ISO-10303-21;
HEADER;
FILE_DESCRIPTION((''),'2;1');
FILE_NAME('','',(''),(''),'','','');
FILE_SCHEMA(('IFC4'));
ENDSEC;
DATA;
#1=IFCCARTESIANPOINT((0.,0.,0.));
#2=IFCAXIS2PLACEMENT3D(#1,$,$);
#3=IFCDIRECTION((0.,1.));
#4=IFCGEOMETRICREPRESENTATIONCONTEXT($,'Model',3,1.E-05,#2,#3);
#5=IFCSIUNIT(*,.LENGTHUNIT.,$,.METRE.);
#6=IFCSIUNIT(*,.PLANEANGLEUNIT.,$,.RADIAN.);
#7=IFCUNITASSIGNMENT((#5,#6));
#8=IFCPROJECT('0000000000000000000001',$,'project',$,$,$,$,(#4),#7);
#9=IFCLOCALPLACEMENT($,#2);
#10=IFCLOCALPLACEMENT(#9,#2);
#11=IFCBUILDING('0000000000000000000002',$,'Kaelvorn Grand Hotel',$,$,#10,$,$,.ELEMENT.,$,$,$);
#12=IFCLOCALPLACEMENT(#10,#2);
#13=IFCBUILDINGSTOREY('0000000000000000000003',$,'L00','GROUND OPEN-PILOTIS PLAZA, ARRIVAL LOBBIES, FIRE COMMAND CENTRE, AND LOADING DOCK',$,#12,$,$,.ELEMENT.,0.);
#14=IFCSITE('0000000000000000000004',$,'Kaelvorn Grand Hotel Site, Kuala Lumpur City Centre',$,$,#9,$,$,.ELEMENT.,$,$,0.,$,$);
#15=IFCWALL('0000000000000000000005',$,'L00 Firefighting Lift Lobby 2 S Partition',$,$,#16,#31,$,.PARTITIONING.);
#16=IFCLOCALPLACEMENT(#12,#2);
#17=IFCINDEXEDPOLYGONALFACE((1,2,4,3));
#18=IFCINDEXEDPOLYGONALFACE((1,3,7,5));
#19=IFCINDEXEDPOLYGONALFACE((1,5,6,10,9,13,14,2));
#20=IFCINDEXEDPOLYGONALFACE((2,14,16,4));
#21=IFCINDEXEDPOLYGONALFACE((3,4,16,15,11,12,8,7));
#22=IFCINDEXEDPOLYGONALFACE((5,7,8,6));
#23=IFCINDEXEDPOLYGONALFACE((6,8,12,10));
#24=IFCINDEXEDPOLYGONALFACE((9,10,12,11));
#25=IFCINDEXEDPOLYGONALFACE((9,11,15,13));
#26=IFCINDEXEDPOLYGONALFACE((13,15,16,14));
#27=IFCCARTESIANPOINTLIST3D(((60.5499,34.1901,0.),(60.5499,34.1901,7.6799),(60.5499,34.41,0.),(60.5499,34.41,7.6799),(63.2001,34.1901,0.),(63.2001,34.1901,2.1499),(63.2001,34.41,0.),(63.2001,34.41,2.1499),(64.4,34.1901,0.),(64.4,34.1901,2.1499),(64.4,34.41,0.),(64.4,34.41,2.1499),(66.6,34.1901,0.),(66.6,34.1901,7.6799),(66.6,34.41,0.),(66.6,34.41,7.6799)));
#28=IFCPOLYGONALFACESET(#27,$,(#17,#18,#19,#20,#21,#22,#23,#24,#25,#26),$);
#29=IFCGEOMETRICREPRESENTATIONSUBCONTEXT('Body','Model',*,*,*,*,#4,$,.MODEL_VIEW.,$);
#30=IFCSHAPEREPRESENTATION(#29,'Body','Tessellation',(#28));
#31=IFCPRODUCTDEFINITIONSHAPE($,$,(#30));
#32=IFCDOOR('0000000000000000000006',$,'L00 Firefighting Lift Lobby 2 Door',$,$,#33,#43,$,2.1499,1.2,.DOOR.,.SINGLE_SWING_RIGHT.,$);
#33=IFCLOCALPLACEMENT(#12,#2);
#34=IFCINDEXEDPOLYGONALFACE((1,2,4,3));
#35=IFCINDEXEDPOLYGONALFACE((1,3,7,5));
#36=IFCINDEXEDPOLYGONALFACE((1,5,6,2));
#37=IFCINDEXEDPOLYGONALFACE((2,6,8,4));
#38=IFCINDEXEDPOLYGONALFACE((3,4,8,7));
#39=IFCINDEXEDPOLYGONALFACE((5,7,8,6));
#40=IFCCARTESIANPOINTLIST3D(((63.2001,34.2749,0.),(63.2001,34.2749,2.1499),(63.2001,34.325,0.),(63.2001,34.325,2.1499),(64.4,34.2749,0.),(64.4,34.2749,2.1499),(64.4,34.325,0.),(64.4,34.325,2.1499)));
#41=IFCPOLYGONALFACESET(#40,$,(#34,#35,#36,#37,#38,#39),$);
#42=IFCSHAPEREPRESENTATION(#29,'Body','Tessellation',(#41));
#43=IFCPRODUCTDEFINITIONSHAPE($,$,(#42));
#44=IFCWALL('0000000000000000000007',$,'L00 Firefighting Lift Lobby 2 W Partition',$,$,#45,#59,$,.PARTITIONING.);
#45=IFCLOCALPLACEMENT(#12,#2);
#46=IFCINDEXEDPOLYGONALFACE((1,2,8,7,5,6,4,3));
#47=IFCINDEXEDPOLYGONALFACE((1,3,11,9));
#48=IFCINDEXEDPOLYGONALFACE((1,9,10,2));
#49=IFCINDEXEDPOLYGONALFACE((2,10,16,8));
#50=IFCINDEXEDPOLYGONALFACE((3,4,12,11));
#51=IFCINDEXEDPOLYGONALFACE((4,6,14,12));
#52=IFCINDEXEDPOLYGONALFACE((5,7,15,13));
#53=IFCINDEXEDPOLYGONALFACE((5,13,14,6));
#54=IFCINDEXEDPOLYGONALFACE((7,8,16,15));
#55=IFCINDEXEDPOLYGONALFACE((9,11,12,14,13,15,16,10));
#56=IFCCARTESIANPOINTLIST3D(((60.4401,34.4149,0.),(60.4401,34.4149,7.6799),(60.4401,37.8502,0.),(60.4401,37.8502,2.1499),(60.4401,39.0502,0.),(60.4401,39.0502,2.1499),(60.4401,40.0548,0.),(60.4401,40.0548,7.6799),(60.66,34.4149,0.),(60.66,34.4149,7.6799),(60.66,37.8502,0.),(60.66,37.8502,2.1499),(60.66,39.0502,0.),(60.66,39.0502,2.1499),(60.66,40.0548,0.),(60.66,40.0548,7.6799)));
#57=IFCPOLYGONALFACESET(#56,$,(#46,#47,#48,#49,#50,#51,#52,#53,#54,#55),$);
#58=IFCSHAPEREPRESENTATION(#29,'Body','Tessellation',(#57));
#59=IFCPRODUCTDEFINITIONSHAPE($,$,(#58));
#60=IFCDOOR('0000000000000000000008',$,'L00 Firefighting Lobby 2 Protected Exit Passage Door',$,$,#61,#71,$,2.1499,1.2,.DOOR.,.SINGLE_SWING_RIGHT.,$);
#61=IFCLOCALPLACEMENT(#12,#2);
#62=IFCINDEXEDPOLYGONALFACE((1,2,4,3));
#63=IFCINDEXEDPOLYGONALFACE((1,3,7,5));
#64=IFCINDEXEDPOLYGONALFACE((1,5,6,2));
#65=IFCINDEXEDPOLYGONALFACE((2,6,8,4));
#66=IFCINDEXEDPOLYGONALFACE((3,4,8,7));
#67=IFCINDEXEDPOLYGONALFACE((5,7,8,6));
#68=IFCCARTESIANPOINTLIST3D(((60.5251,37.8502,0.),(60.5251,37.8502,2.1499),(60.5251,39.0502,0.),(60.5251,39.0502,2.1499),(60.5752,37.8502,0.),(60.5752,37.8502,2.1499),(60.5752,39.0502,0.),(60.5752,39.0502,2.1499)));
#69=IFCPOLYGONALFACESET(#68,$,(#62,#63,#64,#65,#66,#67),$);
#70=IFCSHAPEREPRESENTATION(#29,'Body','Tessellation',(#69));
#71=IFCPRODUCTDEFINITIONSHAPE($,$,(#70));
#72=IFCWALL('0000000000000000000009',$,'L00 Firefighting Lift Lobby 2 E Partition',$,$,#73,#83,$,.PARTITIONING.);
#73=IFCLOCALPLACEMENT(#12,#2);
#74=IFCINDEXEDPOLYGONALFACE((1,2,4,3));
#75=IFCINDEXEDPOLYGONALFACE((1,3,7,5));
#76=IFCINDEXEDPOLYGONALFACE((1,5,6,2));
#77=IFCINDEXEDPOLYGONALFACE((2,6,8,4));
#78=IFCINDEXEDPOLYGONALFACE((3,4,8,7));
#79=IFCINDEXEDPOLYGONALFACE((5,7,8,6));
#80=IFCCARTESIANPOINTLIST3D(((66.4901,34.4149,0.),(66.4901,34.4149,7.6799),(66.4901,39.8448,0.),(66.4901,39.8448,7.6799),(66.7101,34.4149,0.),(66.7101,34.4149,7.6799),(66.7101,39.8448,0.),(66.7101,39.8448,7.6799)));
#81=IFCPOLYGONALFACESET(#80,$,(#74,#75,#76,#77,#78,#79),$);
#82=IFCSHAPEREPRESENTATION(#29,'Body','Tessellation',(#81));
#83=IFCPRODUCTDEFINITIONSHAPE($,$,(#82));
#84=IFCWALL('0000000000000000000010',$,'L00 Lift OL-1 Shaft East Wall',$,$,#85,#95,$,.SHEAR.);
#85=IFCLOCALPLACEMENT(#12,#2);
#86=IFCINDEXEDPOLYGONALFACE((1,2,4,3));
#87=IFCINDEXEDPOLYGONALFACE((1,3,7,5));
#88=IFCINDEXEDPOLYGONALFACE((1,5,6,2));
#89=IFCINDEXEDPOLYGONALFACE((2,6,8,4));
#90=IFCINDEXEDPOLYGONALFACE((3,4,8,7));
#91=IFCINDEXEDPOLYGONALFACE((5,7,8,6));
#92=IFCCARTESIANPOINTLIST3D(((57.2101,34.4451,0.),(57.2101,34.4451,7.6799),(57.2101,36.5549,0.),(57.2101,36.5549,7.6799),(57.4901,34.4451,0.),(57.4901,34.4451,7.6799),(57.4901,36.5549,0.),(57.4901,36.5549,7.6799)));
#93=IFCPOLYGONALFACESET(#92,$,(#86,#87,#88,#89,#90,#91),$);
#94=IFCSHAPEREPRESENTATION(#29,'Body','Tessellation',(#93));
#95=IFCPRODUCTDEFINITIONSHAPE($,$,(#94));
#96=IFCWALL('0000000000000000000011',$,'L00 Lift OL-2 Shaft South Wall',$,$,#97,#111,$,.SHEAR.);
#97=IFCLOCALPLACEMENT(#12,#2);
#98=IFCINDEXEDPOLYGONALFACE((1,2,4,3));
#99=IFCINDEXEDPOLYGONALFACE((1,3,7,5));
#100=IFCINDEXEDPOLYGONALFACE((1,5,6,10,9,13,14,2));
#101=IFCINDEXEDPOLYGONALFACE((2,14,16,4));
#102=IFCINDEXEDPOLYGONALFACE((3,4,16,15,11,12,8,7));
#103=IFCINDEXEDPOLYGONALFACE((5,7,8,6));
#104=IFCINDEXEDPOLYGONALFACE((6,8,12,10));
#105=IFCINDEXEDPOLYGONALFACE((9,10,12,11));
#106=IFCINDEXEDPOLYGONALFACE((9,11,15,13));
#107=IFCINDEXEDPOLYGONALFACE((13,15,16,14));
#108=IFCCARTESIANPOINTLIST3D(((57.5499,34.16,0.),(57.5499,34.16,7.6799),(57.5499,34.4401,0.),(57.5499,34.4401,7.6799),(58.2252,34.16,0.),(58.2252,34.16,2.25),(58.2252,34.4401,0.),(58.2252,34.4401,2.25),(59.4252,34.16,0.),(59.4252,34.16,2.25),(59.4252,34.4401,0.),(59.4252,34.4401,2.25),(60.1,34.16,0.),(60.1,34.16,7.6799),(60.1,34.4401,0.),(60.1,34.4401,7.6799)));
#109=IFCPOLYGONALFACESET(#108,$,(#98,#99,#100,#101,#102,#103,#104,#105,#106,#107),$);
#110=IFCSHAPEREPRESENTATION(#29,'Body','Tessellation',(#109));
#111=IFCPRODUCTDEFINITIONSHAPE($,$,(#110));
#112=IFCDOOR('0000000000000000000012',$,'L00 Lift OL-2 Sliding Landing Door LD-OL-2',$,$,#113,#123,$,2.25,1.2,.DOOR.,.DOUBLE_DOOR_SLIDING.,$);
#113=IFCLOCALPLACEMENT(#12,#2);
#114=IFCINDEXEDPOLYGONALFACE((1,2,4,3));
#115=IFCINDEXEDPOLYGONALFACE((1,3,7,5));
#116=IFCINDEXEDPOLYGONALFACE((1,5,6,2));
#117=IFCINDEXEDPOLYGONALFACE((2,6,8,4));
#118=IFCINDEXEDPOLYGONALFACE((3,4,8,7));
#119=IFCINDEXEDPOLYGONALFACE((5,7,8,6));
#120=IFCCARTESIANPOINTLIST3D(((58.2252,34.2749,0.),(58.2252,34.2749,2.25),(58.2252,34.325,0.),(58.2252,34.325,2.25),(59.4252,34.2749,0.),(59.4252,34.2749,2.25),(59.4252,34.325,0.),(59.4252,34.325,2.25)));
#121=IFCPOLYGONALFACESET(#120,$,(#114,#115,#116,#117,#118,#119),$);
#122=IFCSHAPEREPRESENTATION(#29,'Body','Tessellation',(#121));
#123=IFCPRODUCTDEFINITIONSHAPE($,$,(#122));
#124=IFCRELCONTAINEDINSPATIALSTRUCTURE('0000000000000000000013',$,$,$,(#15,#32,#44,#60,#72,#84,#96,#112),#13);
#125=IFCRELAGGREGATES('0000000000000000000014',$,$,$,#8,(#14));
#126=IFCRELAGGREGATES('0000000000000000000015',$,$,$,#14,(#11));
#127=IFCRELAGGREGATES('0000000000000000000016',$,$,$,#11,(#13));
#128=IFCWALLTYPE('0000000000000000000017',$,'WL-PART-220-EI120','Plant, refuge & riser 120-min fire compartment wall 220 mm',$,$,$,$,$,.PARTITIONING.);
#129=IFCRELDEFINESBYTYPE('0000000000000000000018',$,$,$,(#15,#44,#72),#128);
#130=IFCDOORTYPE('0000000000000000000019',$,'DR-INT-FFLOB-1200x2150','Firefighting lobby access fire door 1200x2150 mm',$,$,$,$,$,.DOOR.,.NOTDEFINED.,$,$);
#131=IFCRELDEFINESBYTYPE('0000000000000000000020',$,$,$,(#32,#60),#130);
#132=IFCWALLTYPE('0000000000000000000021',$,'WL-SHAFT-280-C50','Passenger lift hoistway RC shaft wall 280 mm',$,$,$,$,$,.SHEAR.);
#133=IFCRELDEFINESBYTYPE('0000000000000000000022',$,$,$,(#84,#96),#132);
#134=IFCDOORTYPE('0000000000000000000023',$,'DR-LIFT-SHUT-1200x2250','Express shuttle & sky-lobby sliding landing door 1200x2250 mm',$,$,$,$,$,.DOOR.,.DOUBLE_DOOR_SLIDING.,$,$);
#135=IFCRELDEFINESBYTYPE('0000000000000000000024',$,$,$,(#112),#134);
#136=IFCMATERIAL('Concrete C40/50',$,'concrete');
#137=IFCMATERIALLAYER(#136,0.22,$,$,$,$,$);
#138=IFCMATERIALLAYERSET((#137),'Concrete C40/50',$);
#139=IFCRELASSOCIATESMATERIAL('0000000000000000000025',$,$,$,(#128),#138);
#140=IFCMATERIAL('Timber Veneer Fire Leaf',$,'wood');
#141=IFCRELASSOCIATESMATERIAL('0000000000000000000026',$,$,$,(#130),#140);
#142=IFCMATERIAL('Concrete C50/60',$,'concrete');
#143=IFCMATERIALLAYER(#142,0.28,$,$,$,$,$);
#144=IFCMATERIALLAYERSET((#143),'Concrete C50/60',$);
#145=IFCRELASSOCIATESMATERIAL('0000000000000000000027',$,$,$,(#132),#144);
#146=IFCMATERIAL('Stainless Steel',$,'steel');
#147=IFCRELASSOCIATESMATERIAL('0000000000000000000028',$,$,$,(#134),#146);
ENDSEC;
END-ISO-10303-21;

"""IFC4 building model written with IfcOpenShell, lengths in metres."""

from ifc_helpers import new_model, si_unit, direction, frame, frame_2d, origin, place, context, subcontext, project, spatial, rectangle, extrude, material, layer, layer_set, type_object, element, fill, save


model = new_model("IFC4")

# Units and contexts
model_context = context("Model", 3, precision=1e-05, world=origin(), true_north=direction((0.0, 1.0)))
body_context = subcontext(model_context, "Body", "Model", "MODEL_VIEW")
ifc_project = project(units=[si_unit("LENGTHUNIT", "METRE"), si_unit("PLANEANGLEUNIT", "RADIAN")], contexts=[model_context])

# Site, building, storey
site_placement = place(None, origin())
site = spatial("IfcSite", under=ifc_project, at=site_placement, Name="Kaelvorn Grand Hotel Site, Kuala Lumpur City Centre", CompositionType="ELEMENT", RefElevation=0.0)
building_placement = place(site_placement, origin())
building = spatial("IfcBuilding", under=site, at=building_placement, Name="Kaelvorn Grand Hotel", CompositionType="ELEMENT")
storey_placement = place(building_placement, origin())
storey = spatial("IfcBuildingStorey", under=building, at=storey_placement, Name="L00", Description="GROUND OPEN-PILOTIS PLAZA, ARRIVAL LOBBIES, FIRE COMMAND CENTRE, AND LOADING DOCK", CompositionType="ELEMENT", Elevation=0.0)

# Walls, openings, doors
ifc_material_1 = material(Name="Concrete C40/50", Category="concrete")
ifc_layer_1 = layer(ifc_material_1, 0.22)
ifc_layer_set_1 = layer_set([ifc_layer_1], Name="Concrete C40/50")
wall_type_1 = type_object("IfcWallType", Name="WL-PART-220-EI120", Description="Plant, refuge & riser 120-min fire compartment wall 220 mm", PredefinedType="PARTITIONING", material=ifc_layer_set_1)
wall_1_placement = place(storey_placement, frame((60.55, 34.3, 0.0), z_axis=(0.0, 0.0, 1.0), x_axis=(1.0, 0.0, 0.0)))
wall_1 = element("IfcWall", 1, at=wall_1_placement, inside=storey, type_object=wall_type_1, Name="L00 Firefighting Lift Lobby 2 S Partition", PredefinedType="PARTITIONING", context=body_context, shape_type="SweptSolid", body=[
    extrude(rectangle(XDim=6.05, YDim=0.22, at=frame_2d((3.0249, 0.0))), origin(), (0.0, 0.0, 1.0), 7.6799),
])
opening_1_placement = place(wall_1_placement, frame((2.6499, 0.0, 0.0)))
opening_1 = element("IfcOpeningElement", 2, at=opening_1_placement, cuts=wall_1, PredefinedType="OPENING", context=body_context, shape_type="SweptSolid", body=[
    extrude(rectangle(XDim=1.2, YDim=2.1499, at=frame_2d((0.6001, 1.075))), frame((0.0, 0.1201, 0.0), z_axis=(0.0, -1.0, 0.0), x_axis=(1.0, 0.0, 0.0)), (0.0, 0.0, 1.0), 0.24),
])
ifc_material_2 = material(Name="Timber Veneer Fire Leaf", Category="wood")
door_type_1 = type_object("IfcDoorType", Name="DR-INT-FFLOB-1200x2150", Description="Firefighting lobby access fire door 1200x2150 mm", OperationType="NOTDEFINED", PredefinedType="DOOR", material=ifc_material_2)
door_1_placement = place(opening_1_placement, origin())
door_1 = element("IfcDoor", 3, at=door_1_placement, inside=storey, type_object=door_type_1, Name="L00 Firefighting Lift Lobby 2 Door", OperationType="SINGLE_SWING_RIGHT", OverallHeight=2.1499, OverallWidth=1.2, PredefinedType="DOOR", context=body_context, shape_type="SweptSolid", body=[
    extrude(rectangle(XDim=1.2, YDim=2.1499, at=frame_2d((0.6001, 1.075))), frame((0.0, 0.0249, 0.0), z_axis=(0.0, -1.0, 0.0), x_axis=(1.0, 0.0, 0.0)), (0.0, 0.0, 1.0), 0.05),
])
fill(opening_1, door_1)
wall_2_placement = place(storey_placement, frame((60.55, 34.415, 0.0), z_axis=(0.0, 0.0, 1.0), x_axis=(0.0, 1.0, 0.0)))
wall_2 = element("IfcWall", 4, at=wall_2_placement, inside=storey, type_object=wall_type_1, Name="L00 Firefighting Lift Lobby 2 W Partition", PredefinedType="PARTITIONING", context=body_context, shape_type="SweptSolid", body=[
    extrude(rectangle(XDim=5.6399, YDim=0.22, at=frame_2d((2.8198, 0.0))), origin(), (0.0, 0.0, 1.0), 7.6799),
])
opening_2_placement = place(wall_2_placement, frame((3.4351, 0.0, 0.0)))
opening_2 = element("IfcOpeningElement", 5, at=opening_2_placement, cuts=wall_2, PredefinedType="OPENING", context=body_context, shape_type="SweptSolid", body=[
    extrude(rectangle(XDim=1.2, YDim=2.1499, at=frame_2d((0.6001, 1.075))), frame((0.0, 0.1201, 0.0), z_axis=(0.0, -1.0, 0.0), x_axis=(1.0, 0.0, 0.0)), (0.0, 0.0, 1.0), 0.24),
])
door_2_placement = place(opening_2_placement, origin())
door_2 = element("IfcDoor", 6, at=door_2_placement, inside=storey, type_object=door_type_1, Name="L00 Firefighting Lobby 2 Protected Exit Passage Door", OperationType="SINGLE_SWING_RIGHT", OverallHeight=2.1499, OverallWidth=1.2, PredefinedType="DOOR", context=body_context, shape_type="SweptSolid", body=[
    extrude(rectangle(XDim=1.2, YDim=2.1499, at=frame_2d((0.6001, 1.075))), frame((0.0, 0.0249, 0.0), z_axis=(0.0, -1.0, 0.0), x_axis=(1.0, 0.0, 0.0)), (0.0, 0.0, 1.0), 0.05),
])
fill(opening_2, door_2)

# Walls
wall_3_placement = place(storey_placement, frame((66.6001, 34.415, 0.0), z_axis=(0.0, 0.0, 1.0), x_axis=(0.0, 1.0, 0.0)))
element("IfcWall", 7, at=wall_3_placement, inside=storey, type_object=wall_type_1, Name="L00 Firefighting Lift Lobby 2 E Partition", PredefinedType="PARTITIONING", context=body_context, shape_type="SweptSolid", body=[
    extrude(rectangle(XDim=5.4299, YDim=0.22, at=frame_2d((2.7148, 0.0))), origin(), (0.0, 0.0, 1.0), 7.6799),
])
ifc_material_3 = material(Name="Concrete C50/60", Category="concrete")
ifc_layer_2 = layer(ifc_material_3, 0.28)
ifc_layer_set_2 = layer_set([ifc_layer_2], Name="Concrete C50/60")
wall_type_2 = type_object("IfcWallType", Name="WL-SHAFT-280-C50", Description="Passenger lift hoistway RC shaft wall 280 mm", PredefinedType="SHEAR", material=ifc_layer_set_2)
wall_4_placement = place(storey_placement, frame((57.3501, 34.4451, 0.0), z_axis=(0.0, 0.0, 1.0), x_axis=(0.0, 1.0, 0.0)))
element("IfcWall", 8, at=wall_4_placement, inside=storey, type_object=wall_type_2, Name="L00 Lift OL-1 Shaft East Wall", PredefinedType="SHEAR", context=body_context, shape_type="SweptSolid", body=[
    extrude(rectangle(XDim=2.1099, YDim=0.28, at=frame_2d((1.0549, 0.0))), origin(), (0.0, 0.0, 1.0), 7.6799),
])

# Wall, opening, door
wall_5_placement = place(storey_placement, frame((57.55, 34.3, 0.0), z_axis=(0.0, 0.0, 1.0), x_axis=(1.0, 0.0, 0.0)))
wall_5 = element("IfcWall", 9, at=wall_5_placement, inside=storey, type_object=wall_type_2, Name="L00 Lift OL-2 Shaft South Wall", PredefinedType="SHEAR", context=body_context, shape_type="SweptSolid", body=[
    extrude(rectangle(XDim=2.55, YDim=0.28, at=frame_2d((1.2749, 0.0))), origin(), (0.0, 0.0, 1.0), 7.6799),
])
opening_3_placement = place(wall_5_placement, frame((0.675, 0.0, 0.0)))
opening_3 = element("IfcOpeningElement", 10, at=opening_3_placement, cuts=wall_5, PredefinedType="OPENING", context=body_context, shape_type="SweptSolid", body=[
    extrude(rectangle(XDim=1.2, YDim=2.25, at=frame_2d((0.6001, 1.125))), frame((0.0, 0.1499, 0.0), z_axis=(0.0, -1.0, 0.0), x_axis=(1.0, 0.0, 0.0)), (0.0, 0.0, 1.0), 0.3),
])
ifc_material_4 = material(Name="Stainless Steel", Category="steel")
door_type_2 = type_object("IfcDoorType", Name="DR-LIFT-SHUT-1200x2250", Description="Express shuttle & sky-lobby sliding landing door 1200x2250 mm", OperationType="DOUBLE_DOOR_SLIDING", PredefinedType="DOOR", material=ifc_material_4)
door_3_placement = place(opening_3_placement, origin())
door_3 = element("IfcDoor", 11, at=door_3_placement, inside=storey, type_object=door_type_2, Name="L00 Lift OL-2 Sliding Landing Door LD-OL-2", OperationType="DOUBLE_DOOR_SLIDING", OverallHeight=2.25, OverallWidth=1.2, PredefinedType="DOOR", context=body_context, shape_type="SweptSolid", body=[
    extrude(rectangle(XDim=1.2, YDim=2.25, at=frame_2d((0.6001, 1.125))), frame((0.0, 0.0249, 0.0), z_axis=(0.0, -1.0, 0.0), x_axis=(1.0, 0.0, 0.0)), (0.0, 0.0, 1.0), 0.05),
])
fill(opening_3, door_3)

save(model, "model.ifc")
